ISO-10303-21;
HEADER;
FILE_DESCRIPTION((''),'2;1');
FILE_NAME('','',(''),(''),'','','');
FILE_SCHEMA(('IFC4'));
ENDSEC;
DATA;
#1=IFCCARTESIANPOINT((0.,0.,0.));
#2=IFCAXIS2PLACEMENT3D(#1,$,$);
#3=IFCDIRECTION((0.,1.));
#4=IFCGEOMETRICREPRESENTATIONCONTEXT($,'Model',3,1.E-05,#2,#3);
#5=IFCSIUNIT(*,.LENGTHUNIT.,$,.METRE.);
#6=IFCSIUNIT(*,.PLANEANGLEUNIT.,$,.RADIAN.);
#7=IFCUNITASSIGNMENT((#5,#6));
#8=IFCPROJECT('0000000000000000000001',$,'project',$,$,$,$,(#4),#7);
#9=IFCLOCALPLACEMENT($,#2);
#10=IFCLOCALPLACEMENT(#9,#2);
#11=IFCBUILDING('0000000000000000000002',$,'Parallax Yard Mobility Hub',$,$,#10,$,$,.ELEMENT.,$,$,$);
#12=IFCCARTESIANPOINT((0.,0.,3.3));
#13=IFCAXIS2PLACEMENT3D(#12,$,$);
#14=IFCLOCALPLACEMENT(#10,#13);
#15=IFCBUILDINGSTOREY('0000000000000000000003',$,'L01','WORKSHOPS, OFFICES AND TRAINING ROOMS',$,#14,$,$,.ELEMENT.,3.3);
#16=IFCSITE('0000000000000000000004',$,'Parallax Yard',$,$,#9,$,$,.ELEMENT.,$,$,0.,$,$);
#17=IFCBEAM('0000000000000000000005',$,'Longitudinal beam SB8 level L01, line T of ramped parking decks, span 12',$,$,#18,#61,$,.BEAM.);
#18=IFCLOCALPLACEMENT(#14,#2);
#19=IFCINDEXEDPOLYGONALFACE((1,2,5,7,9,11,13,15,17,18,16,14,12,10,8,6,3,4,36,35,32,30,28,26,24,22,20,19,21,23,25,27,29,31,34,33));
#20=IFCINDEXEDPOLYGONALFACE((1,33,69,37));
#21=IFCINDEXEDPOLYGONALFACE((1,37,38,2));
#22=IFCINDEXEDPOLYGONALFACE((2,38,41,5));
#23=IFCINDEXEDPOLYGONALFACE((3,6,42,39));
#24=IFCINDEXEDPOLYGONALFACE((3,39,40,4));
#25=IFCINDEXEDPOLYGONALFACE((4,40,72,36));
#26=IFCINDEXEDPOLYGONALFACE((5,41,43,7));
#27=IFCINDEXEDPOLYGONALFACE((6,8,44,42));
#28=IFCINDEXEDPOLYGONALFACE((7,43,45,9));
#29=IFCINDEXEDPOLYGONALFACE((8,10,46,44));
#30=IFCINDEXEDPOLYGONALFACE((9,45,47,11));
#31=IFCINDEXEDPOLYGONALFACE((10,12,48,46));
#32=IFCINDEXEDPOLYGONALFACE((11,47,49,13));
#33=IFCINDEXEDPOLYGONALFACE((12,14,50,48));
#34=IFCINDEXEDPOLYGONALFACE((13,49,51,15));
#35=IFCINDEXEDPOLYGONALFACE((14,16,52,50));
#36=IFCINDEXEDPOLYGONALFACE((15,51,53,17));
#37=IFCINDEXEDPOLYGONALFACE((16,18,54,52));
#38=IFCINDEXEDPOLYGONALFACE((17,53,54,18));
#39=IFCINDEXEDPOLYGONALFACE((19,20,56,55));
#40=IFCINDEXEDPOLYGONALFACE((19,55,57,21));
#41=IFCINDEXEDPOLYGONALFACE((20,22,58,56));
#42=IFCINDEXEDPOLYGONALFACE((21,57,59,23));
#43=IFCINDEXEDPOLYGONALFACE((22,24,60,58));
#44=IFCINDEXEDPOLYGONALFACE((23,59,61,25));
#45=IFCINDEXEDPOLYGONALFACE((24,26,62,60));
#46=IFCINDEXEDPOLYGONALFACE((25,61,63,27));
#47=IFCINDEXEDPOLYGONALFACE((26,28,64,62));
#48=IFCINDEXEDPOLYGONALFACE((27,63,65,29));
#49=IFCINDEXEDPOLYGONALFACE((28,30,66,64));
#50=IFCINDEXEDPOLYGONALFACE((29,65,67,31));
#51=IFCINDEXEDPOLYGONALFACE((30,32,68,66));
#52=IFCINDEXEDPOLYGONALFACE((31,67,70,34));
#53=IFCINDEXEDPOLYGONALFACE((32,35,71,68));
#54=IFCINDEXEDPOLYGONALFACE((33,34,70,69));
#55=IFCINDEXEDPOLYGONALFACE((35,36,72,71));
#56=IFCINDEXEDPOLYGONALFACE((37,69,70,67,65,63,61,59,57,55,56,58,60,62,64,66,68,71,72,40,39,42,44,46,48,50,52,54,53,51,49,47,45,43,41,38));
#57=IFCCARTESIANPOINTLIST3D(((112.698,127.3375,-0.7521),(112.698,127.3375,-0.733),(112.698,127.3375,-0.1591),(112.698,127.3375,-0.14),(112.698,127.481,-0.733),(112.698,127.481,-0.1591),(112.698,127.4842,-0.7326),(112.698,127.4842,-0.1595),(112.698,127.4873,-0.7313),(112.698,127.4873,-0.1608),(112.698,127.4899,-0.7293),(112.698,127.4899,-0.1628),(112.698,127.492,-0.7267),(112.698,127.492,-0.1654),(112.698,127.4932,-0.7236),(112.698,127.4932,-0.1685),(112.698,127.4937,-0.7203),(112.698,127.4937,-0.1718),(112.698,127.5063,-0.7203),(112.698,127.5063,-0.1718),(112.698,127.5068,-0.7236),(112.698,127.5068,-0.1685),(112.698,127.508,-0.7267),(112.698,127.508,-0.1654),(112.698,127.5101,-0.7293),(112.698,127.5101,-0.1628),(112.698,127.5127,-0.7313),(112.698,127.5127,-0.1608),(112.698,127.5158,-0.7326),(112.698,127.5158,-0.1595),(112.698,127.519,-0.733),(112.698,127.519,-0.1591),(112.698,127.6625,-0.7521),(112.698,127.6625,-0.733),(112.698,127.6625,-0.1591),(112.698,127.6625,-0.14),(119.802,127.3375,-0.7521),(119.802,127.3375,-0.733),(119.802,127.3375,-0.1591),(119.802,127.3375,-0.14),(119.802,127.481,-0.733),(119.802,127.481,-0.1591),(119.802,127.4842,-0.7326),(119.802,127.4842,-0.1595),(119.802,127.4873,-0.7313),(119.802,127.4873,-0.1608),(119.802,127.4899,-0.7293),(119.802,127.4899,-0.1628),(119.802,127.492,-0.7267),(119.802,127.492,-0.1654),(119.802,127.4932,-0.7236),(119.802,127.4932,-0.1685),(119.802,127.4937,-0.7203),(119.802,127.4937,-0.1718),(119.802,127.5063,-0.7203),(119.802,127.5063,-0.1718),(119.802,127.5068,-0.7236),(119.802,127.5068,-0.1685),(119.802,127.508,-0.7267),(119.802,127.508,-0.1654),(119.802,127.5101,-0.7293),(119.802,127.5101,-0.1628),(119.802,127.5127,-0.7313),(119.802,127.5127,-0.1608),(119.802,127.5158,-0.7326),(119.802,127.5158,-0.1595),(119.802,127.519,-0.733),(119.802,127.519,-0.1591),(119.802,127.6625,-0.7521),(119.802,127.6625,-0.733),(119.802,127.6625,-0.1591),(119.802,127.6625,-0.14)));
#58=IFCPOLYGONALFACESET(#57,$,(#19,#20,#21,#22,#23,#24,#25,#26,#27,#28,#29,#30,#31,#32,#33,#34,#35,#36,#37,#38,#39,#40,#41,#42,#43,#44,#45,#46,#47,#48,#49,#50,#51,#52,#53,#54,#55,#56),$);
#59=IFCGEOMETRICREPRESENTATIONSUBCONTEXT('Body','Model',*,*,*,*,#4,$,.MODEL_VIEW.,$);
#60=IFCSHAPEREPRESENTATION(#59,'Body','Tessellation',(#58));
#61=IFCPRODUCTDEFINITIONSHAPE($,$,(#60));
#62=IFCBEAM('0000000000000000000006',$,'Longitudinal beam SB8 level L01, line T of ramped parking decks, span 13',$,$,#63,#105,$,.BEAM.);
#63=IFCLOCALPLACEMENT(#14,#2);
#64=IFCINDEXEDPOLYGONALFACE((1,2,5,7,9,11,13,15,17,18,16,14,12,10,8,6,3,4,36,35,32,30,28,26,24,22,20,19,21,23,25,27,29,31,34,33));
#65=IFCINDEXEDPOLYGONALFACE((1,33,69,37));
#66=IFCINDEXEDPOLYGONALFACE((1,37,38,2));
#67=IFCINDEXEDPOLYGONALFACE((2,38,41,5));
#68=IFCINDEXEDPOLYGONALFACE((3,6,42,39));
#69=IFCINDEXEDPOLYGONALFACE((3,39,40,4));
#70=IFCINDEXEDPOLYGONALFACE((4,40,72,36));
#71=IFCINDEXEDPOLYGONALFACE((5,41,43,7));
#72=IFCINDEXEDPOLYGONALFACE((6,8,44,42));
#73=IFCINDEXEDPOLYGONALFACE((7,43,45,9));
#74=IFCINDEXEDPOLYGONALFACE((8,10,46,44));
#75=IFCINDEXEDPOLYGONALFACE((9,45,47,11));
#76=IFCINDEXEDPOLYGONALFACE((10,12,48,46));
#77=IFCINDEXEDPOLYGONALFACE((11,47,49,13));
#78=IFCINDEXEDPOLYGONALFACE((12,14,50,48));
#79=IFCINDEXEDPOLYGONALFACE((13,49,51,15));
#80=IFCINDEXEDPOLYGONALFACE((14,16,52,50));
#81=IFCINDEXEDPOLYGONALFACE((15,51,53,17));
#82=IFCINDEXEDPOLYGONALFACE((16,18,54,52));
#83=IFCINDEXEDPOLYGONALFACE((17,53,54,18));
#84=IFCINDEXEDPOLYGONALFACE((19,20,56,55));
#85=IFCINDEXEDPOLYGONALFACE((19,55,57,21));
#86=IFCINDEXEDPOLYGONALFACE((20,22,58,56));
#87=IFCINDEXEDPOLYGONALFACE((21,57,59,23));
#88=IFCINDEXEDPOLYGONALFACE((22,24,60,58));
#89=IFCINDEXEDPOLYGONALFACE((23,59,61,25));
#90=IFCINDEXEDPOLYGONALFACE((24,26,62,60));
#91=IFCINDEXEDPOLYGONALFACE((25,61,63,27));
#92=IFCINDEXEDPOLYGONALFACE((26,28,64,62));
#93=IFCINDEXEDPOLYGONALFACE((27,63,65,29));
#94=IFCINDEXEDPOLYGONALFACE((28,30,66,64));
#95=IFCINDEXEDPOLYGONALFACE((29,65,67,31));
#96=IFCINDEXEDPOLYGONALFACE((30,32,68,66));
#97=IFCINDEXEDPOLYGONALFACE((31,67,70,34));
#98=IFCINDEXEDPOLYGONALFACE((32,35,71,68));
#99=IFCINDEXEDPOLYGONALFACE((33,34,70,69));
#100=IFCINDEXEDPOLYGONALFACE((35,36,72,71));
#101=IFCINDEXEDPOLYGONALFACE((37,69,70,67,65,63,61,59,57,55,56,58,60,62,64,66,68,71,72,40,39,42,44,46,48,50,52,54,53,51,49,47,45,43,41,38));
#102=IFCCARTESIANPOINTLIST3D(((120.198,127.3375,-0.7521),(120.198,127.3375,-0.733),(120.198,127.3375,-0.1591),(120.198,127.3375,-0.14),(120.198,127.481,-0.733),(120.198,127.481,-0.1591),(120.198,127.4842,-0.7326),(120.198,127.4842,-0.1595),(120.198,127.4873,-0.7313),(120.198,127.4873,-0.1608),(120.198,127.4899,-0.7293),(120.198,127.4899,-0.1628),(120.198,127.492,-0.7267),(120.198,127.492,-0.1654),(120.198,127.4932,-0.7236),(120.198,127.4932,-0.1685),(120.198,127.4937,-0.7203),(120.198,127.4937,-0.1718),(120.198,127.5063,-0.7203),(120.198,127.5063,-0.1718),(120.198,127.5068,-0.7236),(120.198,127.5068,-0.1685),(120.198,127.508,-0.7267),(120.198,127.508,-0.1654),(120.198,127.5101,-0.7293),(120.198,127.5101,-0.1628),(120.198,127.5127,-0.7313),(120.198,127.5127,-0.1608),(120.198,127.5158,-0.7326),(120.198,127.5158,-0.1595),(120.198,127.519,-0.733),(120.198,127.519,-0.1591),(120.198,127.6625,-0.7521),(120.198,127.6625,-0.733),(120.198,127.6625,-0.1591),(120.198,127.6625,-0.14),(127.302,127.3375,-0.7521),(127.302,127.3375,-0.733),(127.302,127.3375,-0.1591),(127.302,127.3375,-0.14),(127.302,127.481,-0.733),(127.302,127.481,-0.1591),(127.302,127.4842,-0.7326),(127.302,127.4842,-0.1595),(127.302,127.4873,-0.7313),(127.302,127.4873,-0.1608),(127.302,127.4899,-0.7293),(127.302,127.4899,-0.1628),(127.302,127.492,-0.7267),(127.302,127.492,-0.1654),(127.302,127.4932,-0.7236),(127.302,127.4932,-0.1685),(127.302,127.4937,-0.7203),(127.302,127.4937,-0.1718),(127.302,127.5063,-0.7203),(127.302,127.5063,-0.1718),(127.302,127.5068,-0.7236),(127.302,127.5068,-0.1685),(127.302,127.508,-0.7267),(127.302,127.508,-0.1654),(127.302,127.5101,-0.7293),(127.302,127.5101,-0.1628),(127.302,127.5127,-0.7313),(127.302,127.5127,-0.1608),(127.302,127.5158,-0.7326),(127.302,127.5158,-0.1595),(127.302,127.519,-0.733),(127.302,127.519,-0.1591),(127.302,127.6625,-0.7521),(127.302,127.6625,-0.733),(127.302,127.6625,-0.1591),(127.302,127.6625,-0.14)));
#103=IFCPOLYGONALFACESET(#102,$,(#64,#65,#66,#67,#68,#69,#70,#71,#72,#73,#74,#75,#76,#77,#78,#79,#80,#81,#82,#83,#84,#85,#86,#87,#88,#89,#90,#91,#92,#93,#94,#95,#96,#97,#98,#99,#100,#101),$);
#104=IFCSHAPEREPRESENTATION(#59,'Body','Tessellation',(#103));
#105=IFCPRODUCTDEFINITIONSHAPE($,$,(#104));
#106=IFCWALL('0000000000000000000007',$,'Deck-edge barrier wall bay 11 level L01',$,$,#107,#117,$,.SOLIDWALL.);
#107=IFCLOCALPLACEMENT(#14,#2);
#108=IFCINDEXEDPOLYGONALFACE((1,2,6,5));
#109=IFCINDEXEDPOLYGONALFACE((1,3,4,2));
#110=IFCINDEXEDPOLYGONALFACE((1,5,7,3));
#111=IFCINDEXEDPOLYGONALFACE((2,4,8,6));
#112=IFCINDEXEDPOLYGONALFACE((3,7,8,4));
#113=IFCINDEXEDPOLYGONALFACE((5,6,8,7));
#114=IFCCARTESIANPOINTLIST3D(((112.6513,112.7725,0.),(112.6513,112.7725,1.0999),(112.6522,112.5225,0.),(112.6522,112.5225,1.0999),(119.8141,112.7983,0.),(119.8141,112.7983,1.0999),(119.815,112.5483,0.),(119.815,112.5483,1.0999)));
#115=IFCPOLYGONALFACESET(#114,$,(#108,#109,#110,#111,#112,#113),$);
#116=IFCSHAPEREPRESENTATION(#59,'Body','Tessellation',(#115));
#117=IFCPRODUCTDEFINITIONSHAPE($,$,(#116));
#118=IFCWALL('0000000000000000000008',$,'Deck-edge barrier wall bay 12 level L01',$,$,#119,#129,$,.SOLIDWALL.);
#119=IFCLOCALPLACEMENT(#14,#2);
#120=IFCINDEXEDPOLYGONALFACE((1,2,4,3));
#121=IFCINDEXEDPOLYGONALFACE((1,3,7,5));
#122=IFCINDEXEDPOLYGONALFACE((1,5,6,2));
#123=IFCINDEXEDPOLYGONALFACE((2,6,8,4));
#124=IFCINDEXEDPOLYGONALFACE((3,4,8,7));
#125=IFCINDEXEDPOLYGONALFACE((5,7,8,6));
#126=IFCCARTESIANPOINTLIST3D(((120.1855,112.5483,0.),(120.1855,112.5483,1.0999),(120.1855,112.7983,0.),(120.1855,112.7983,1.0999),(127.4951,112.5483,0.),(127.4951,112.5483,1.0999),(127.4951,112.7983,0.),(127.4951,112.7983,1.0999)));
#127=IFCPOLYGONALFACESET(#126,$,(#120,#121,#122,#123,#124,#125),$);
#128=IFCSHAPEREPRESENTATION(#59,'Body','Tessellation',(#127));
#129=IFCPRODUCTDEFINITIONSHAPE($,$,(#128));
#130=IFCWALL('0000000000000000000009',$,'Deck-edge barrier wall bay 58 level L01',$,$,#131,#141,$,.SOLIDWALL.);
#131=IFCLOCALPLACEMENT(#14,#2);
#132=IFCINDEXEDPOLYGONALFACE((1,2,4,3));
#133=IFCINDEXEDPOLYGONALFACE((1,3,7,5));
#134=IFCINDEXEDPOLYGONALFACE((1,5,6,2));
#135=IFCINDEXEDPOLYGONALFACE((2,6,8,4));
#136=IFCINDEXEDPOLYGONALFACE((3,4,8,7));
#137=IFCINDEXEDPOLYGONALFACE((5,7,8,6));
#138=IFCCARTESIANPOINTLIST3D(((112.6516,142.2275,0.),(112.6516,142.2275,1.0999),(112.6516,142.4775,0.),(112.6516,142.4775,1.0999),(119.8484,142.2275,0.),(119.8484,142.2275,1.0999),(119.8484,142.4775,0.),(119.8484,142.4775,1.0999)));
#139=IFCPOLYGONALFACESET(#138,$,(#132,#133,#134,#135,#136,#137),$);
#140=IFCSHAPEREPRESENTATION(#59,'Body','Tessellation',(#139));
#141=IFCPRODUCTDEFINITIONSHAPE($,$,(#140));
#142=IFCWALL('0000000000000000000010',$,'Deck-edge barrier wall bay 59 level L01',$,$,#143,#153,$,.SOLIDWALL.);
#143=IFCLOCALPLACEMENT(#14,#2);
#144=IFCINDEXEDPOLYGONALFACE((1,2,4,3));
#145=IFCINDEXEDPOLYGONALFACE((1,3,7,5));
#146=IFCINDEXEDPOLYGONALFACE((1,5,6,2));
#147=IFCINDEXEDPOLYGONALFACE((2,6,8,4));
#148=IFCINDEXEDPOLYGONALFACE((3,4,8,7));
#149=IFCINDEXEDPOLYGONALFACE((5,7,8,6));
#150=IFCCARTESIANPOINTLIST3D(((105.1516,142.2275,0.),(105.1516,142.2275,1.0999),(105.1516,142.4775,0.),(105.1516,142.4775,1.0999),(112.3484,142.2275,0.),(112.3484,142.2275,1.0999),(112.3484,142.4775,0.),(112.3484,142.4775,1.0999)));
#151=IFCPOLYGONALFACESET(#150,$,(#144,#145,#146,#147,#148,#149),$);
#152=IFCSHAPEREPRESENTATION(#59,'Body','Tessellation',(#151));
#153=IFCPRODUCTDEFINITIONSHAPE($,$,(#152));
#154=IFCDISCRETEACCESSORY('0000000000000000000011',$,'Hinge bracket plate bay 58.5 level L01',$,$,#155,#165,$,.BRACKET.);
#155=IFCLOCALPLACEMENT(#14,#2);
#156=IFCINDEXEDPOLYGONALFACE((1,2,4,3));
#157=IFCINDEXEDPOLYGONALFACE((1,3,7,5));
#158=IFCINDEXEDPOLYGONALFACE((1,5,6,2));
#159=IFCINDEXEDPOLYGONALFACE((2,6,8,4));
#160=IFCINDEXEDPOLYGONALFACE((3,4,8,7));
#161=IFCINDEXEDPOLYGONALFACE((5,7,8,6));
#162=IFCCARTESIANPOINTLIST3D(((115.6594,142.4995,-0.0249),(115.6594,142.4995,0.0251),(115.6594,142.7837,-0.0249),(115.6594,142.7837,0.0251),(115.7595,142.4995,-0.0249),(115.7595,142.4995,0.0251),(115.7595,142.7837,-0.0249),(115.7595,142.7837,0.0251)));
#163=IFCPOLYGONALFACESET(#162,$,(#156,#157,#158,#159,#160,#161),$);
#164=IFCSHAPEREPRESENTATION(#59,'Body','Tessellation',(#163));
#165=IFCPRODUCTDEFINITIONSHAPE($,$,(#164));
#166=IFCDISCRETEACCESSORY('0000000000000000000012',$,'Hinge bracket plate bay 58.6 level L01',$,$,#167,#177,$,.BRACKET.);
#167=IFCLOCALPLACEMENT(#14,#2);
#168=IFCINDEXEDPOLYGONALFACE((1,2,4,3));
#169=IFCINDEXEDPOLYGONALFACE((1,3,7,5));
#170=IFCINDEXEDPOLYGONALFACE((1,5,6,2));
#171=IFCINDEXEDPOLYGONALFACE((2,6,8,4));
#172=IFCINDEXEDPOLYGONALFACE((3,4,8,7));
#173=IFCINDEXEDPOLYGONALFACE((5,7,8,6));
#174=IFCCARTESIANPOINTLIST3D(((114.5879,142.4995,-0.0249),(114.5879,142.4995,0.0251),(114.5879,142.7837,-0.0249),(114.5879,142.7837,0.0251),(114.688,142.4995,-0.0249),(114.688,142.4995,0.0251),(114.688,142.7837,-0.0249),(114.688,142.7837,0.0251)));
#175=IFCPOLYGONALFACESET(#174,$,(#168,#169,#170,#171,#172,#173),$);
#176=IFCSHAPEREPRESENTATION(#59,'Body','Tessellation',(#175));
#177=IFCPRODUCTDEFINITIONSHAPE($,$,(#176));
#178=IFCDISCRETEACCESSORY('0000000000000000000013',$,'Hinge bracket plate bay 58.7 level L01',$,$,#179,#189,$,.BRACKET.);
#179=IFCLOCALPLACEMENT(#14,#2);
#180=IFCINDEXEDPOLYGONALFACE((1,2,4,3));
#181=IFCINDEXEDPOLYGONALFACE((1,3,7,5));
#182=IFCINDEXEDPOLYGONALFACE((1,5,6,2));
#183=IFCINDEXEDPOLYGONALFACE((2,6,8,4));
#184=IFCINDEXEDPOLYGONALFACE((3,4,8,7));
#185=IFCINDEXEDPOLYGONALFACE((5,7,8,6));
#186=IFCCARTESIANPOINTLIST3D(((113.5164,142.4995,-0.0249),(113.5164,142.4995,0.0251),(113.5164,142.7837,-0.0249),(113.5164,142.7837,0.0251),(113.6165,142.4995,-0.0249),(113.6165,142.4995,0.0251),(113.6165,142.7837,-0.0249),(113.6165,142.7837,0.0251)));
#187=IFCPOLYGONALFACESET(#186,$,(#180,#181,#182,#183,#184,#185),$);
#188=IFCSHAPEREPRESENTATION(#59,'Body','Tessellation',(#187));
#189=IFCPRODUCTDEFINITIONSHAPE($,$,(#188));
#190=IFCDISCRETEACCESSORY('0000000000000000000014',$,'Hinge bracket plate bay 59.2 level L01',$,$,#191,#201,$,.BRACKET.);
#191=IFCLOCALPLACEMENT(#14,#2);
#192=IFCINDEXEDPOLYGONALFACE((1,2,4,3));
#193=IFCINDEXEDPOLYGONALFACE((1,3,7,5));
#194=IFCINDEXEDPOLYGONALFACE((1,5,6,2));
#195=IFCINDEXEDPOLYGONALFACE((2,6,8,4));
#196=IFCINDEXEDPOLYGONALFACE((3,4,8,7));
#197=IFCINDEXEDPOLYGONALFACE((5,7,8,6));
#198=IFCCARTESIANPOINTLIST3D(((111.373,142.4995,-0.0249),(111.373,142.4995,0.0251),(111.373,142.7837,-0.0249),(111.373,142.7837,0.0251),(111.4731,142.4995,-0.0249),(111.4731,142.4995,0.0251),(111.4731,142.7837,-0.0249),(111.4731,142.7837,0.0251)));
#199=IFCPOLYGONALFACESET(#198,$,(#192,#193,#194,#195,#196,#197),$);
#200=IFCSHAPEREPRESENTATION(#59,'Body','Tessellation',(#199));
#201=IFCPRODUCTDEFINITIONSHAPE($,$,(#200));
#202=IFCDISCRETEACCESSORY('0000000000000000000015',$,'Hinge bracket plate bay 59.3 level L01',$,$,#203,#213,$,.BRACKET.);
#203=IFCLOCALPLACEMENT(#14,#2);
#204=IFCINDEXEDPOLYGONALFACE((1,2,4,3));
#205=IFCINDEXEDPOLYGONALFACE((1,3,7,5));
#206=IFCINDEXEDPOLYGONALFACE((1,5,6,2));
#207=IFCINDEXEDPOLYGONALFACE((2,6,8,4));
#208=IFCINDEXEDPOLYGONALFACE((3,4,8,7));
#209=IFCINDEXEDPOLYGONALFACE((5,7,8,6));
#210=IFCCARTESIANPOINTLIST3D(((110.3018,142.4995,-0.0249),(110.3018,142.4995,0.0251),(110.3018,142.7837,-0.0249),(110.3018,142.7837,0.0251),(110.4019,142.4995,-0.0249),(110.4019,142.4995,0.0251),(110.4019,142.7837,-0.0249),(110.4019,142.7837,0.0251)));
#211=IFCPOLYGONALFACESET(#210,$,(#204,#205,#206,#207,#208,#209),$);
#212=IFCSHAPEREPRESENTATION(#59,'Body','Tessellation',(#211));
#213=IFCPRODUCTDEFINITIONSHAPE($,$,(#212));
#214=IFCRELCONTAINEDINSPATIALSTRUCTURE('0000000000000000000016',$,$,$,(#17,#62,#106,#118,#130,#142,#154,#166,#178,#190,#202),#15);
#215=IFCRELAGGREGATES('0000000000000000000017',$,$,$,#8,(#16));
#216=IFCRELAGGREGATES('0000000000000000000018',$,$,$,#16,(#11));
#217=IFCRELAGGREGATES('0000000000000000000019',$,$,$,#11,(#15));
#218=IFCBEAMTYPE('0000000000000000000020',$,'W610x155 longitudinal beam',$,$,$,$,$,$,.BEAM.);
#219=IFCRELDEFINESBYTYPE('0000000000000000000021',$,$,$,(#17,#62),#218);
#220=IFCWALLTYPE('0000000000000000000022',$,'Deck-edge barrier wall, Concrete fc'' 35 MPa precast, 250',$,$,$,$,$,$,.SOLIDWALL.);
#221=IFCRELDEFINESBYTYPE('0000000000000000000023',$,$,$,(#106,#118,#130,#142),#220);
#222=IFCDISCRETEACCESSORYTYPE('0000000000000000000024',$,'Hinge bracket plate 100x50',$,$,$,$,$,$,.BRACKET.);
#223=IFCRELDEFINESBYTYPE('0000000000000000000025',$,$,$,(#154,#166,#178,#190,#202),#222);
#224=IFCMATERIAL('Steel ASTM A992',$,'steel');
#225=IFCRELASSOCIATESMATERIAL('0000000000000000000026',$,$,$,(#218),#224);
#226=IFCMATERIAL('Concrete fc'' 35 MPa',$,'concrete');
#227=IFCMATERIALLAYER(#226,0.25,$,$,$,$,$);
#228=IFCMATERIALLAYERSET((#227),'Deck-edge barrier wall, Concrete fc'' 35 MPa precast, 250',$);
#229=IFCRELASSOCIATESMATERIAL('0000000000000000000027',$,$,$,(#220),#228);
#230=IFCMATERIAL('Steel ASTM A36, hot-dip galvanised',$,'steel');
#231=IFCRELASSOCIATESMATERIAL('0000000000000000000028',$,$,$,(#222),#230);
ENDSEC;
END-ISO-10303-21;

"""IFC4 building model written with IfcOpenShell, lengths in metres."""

from ifc_helpers import new_model, si_unit, direction, frame, frame_2d, origin, origin_2d, place, context, subcontext, project, spatial, rectangle, i_section, extrude, material, layer, layer_set, material_profile, profile_set, type_object, element, save


model = new_model("IFC4")

# Units and contexts
model_context = context("Model", 3, precision=1e-05, world=origin(), true_north=direction((0.0, 1.0)))
body_context = subcontext(model_context, "Body", "Model", "MODEL_VIEW")
ifc_project = project(units=[si_unit("LENGTHUNIT", "METRE"), si_unit("PLANEANGLEUNIT", "RADIAN")], contexts=[model_context])

# Site, building, storey
site_placement = place(None, origin())
site = spatial("IfcSite", under=ifc_project, at=site_placement, Name="Parallax Yard", CompositionType="ELEMENT", RefElevation=0.0)
building_placement = place(site_placement, origin())
building = spatial("IfcBuilding", under=site, at=building_placement, Name="Parallax Yard Mobility Hub", CompositionType="ELEMENT")
storey_placement = place(building_placement, frame((0.0, 0.0, 3.3)))
storey = spatial("IfcBuildingStorey", under=building, at=storey_placement, Name="L01", Description="WORKSHOPS, OFFICES AND TRAINING ROOMS", CompositionType="ELEMENT", Elevation=3.3)

# Shared definitions
ifc_material_1 = material(Name="Steel ASTM A992", Category="steel")

# Beams
ifc_material_profile_1 = material_profile(ifc_material_1, i_section(OverallWidth=0.325, OverallDepth=0.6121, WebThickness=0.0127, FlangeThickness=0.019, FilletRadius=0.0127, at=origin_2d()), Name="W610x155")
ifc_profile_set_1 = profile_set([ifc_material_profile_1], Name="Steel ASTM A992")
beam_type_1 = type_object("IfcBeamType", Name="W610x155 longitudinal beam", PredefinedType="BEAM", material=ifc_profile_set_1)
for number, where, z_axis, x_axis, name in (
    (1, (112.698, 127.5, -0.446), (1.0, 0.0, 0.0), (0.0, 1.0, 0.0), "Longitudinal beam SB8 level L01, line T of ramped parking decks, span 12"),
    (2, (120.198, 127.5, -0.446), (1.0, 0.0, 0.0), (0.0, 1.0, 0.0), "Longitudinal beam SB8 level L01, line T of ramped parking decks, span 13"),
):
    element("IfcBeam", number, at=place(storey_placement, frame(where, z_axis=z_axis, x_axis=x_axis)), inside=storey, type_object=beam_type_1, Name=name, PredefinedType="BEAM", context=body_context, shape_type="SweptSolid", body=[
        extrude(i_section(OverallWidth=0.325, OverallDepth=0.6121, WebThickness=0.0127, FlangeThickness=0.019, FilletRadius=0.0127, at=origin_2d()), origin(), (0.0, 0.0, 1.0), 7.104),
    ])

# Walls
ifc_material_2 = material(Name="Concrete fc' 35 MPa", Category="concrete")
ifc_layer = layer(ifc_material_2, 0.25)
ifc_layer_set = layer_set([ifc_layer], Name="Deck-edge barrier wall, Concrete fc' 35 MPa precast, 250")
wall_type = type_object("IfcWallType", Name="Deck-edge barrier wall, Concrete fc' 35 MPa precast, 250", PredefinedType="SOLIDWALL", material=ifc_layer_set)
wall_1_placement = place(storey_placement, frame((112.6516, 112.6475, 0.0), z_axis=(0.0, 0.0, 1.0), x_axis=(0.999993, 0.003613, 0.0)))
element("IfcWall", 3, at=wall_1_placement, inside=storey, type_object=wall_type, Name="Deck-edge barrier wall bay 11 level L01", PredefinedType="SOLIDWALL", context=body_context, shape_type="SweptSolid", body=[
    extrude(rectangle(XDim=7.1628, YDim=0.25, at=frame_2d((3.5815, 0.0))), origin(), (0.0, 0.0, 1.0), 1.0999),
])
wall_2_placement = place(storey_placement, frame((120.1855, 112.6733, 0.0), z_axis=(0.0, 0.0, 1.0), x_axis=(1.0, 0.0, 0.0)))
element("IfcWall", 4, at=wall_2_placement, inside=storey, type_object=wall_type, Name="Deck-edge barrier wall bay 12 level L01", PredefinedType="SOLIDWALL", context=body_context, shape_type="SweptSolid", body=[
    extrude(rectangle(XDim=7.3096, YDim=0.25, at=frame_2d((3.6548, 0.0))), origin(), (0.0, 0.0, 1.0), 1.0999),
])
for number, where, z_axis, x_axis, name in (
    (5, (119.8484, 142.3525, 0.0), (0.0, 0.0, 1.0), (-1.0, 0.0, 0.0), "Deck-edge barrier wall bay 58 level L01"),
    (6, (112.3484, 142.3525, 0.0), (0.0, 0.0, 1.0), (-1.0, 0.0, 0.0), "Deck-edge barrier wall bay 59 level L01"),
):
    element("IfcWall", number, at=place(storey_placement, frame(where, z_axis=z_axis, x_axis=x_axis)), inside=storey, type_object=wall_type, Name=name, PredefinedType="SOLIDWALL", context=body_context, shape_type="SweptSolid", body=[
        extrude(rectangle(XDim=7.1968, YDim=0.25, at=frame_2d((3.5984, 0.0))), origin(), (0.0, 0.0, 1.0), 1.0999),
    ])

# Discrete accessories
ifc_material_3 = material(Name="Steel ASTM A36, hot-dip galvanised", Category="steel")
discrete_accessory_type = type_object("IfcDiscreteAccessoryType", Name="Hinge bracket plate 100x50", PredefinedType="BRACKET", material=ifc_material_3)
for number, where, z_axis, x_axis, name in (
    (7, (115.7095, 142.6416, -0.0249), (0.0, 0.0, 1.0), (0.0, 1.0, 0.0), "Hinge bracket plate bay 58.5 level L01"),
    (8, (114.6379, 142.6416, -0.0249), (0.0, 0.0, 1.0), (0.0, 1.0, 0.0), "Hinge bracket plate bay 58.6 level L01"),
    (9, (113.5664, 142.6416, -0.0249), (0.0, 0.0, 1.0), (0.0, 1.0, 0.0), "Hinge bracket plate bay 58.7 level L01"),
    (10, (111.4231, 142.6416, -0.0249), (0.0, 0.0, 1.0), (0.0, 1.0, 0.0), "Hinge bracket plate bay 59.2 level L01"),
    (11, (110.3518, 142.6416, -0.0249), (0.0, 0.0, 1.0), (0.0, 1.0, 0.0), "Hinge bracket plate bay 59.3 level L01"),
):
    element("IfcDiscreteAccessory", number, at=place(storey_placement, frame(where, z_axis=z_axis, x_axis=x_axis)), inside=storey, type_object=discrete_accessory_type, Name=name, PredefinedType="BRACKET", context=body_context, shape_type="SweptSolid", body=[
        extrude(rectangle(XDim=0.2842, YDim=0.1001, at=origin_2d()), origin(), (0.0, 0.0, 1.0), 0.05),
    ])

save(model, "model.ifc")
